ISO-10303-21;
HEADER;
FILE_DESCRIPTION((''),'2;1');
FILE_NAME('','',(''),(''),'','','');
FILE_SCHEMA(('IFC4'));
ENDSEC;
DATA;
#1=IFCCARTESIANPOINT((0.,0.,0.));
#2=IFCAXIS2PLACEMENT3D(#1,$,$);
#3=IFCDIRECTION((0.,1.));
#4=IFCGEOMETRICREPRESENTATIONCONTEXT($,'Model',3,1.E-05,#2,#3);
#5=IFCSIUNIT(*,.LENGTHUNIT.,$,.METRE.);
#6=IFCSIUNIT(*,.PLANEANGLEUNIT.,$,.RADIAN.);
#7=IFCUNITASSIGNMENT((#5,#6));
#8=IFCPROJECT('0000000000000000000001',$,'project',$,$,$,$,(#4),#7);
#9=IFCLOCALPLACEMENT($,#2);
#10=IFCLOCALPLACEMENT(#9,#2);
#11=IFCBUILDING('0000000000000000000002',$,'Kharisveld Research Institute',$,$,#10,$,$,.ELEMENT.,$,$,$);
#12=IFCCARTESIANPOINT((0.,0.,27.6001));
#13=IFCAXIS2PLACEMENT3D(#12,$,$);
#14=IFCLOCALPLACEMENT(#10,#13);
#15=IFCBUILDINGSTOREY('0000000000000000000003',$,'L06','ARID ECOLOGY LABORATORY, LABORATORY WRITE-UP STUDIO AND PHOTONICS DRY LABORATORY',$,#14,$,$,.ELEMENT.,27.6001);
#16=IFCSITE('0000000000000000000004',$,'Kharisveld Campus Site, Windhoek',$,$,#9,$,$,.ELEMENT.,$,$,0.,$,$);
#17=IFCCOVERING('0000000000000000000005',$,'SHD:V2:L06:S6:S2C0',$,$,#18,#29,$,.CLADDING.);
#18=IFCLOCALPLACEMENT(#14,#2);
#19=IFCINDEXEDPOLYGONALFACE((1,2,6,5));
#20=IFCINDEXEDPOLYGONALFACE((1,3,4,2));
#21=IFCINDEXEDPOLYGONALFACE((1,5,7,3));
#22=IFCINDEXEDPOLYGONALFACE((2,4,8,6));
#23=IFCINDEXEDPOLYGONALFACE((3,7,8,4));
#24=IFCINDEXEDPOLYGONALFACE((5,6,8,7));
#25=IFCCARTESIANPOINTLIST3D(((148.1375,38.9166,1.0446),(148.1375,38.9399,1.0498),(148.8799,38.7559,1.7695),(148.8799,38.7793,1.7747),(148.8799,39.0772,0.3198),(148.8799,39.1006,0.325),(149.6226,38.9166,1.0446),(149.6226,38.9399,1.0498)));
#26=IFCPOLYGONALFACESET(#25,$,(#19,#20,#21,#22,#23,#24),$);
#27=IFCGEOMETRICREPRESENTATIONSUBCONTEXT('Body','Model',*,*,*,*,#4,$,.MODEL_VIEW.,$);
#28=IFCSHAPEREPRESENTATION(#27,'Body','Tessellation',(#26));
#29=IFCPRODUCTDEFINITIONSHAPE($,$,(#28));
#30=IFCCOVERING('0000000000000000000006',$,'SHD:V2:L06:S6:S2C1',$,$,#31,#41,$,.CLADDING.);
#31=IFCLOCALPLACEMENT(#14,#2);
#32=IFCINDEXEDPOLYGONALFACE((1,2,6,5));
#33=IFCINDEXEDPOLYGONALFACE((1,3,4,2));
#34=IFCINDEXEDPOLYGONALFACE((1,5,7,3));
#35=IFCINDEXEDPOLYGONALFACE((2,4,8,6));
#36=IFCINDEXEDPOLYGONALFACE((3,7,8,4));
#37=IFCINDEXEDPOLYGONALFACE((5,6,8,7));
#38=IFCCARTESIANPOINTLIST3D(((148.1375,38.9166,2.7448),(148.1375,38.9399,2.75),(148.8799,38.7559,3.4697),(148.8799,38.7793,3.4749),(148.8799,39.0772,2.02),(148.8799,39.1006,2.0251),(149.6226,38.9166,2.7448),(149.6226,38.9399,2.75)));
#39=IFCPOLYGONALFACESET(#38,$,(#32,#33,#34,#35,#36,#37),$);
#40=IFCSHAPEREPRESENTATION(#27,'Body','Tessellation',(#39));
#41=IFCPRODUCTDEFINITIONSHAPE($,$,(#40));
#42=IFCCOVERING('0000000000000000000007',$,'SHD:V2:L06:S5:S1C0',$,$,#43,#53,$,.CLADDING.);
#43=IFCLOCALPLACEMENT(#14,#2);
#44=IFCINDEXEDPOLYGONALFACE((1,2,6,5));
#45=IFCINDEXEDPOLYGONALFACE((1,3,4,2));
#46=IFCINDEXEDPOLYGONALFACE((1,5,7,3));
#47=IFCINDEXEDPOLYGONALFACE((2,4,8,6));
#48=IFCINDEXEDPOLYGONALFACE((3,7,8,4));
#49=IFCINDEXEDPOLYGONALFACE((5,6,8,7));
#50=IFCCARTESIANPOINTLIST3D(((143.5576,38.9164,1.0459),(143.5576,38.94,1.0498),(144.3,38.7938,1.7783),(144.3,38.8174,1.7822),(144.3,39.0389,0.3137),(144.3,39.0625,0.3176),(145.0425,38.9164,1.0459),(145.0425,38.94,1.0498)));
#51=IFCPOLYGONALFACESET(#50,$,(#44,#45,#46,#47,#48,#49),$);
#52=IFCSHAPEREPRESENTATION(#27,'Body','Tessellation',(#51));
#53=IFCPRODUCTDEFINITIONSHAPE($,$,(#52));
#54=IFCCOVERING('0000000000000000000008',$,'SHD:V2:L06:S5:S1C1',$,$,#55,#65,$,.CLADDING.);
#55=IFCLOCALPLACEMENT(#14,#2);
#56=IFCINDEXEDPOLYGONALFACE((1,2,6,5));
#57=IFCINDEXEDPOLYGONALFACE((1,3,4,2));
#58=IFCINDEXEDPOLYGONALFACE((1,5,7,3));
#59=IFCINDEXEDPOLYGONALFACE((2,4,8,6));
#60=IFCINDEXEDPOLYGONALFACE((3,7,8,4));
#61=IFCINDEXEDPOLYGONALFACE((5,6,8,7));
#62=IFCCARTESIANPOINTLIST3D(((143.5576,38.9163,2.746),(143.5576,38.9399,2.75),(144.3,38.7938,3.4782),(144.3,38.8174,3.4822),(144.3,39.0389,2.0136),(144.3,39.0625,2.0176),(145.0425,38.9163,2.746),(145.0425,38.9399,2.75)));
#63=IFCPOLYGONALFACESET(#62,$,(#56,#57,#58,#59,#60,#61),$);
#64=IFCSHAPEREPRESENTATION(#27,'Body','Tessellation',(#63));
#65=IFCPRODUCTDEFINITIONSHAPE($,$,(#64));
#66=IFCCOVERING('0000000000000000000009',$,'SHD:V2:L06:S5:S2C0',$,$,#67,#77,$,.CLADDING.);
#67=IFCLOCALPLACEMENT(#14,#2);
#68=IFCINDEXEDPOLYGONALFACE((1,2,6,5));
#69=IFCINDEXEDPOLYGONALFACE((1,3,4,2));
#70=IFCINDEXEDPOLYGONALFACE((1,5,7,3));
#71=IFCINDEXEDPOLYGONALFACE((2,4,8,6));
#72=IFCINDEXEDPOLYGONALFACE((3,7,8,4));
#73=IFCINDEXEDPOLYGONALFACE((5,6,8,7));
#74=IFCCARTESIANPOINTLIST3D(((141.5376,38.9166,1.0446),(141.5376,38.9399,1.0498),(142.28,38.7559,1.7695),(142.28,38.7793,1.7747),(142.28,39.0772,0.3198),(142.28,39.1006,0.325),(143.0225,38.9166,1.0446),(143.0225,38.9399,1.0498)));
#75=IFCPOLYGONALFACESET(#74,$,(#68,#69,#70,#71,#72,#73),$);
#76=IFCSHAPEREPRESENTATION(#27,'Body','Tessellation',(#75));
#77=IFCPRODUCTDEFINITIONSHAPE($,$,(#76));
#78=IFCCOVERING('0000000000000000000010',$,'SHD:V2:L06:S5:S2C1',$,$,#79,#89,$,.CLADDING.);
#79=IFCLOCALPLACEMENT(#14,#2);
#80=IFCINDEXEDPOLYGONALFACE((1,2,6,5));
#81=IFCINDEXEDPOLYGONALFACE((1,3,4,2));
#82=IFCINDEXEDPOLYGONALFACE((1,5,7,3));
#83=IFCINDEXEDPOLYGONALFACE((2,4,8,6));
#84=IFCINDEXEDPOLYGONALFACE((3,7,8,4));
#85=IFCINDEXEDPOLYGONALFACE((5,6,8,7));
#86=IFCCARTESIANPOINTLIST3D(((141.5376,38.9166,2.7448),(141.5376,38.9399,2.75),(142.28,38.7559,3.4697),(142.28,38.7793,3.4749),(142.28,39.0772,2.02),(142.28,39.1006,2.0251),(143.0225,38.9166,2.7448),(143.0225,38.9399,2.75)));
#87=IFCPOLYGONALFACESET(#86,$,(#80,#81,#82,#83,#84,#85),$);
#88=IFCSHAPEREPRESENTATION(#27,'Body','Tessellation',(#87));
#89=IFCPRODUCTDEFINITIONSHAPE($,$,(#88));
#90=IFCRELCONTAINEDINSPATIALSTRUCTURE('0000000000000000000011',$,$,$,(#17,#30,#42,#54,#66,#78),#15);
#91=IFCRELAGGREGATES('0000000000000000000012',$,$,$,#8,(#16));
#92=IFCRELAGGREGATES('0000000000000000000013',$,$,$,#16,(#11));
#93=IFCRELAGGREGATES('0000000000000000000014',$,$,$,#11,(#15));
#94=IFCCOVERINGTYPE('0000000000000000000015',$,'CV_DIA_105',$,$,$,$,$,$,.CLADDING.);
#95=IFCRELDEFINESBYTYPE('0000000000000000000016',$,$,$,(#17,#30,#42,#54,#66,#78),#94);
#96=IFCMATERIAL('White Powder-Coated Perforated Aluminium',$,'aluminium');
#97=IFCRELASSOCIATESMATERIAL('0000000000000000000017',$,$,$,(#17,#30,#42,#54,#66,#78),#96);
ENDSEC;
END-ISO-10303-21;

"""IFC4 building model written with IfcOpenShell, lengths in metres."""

from ifc_helpers import new_model, si_unit, direction, frame, origin, place, context, subcontext, project, spatial, polyline, outline, extrude, material, type_object, element, save


model = new_model("IFC4")

# Units and contexts
model_context = context("Model", 3, precision=1e-05, world=origin(), true_north=direction((0.0, 1.0)))
body_context = subcontext(model_context, "Body", "Model", "MODEL_VIEW")
ifc_project = project(units=[si_unit("LENGTHUNIT", "METRE"), si_unit("PLANEANGLEUNIT", "RADIAN")], contexts=[model_context])

# Site, building, storey
site_placement = place(None, origin())
site = spatial("IfcSite", under=ifc_project, at=site_placement, Name="Kharisveld Campus Site, Windhoek", CompositionType="ELEMENT", RefElevation=0.0)
building_placement = place(site_placement, origin())
building = spatial("IfcBuilding", under=site, at=building_placement, Name="Kharisveld Research Institute", CompositionType="ELEMENT")
storey_placement = place(building_placement, frame((0.0, 0.0, 27.6001)))
storey = spatial("IfcBuildingStorey", under=building, at=storey_placement, Name="L06", Description="ARID ECOLOGY LABORATORY, LABORATORY WRITE-UP STUDIO AND PHOTONICS DRY LABORATORY", CompositionType="ELEMENT", Elevation=27.6001)

# Coverings
ifc_material_1 = material(Name="White Powder-Coated Perforated Aluminium", Category="aluminium")
covering_type = type_object("IfcCoveringType", Name="CV_DIA_105", PredefinedType="CLADDING")
for number, where, z_axis, x_axis, name in (
    (1, (148.8799, 39.1006, 0.325), (0.0, 0.976311, 0.216373), (-0.707102, -0.153, 0.69036), "SHD:V2:L06:S6:S2C0"),
    (2, (148.8799, 39.1006, 2.0251), (0.0, 0.976311, 0.216373), (-0.707102, -0.153, 0.69036), "SHD:V2:L06:S6:S2C1"),
):
    element("IfcCovering", number, at=place(storey_placement, frame(where, z_axis=z_axis, x_axis=x_axis)), inside=storey, type_object=covering_type, material=ifc_material_1, Name=name, PredefinedType="CLADDING", context=body_context, shape_type="SweptSolid", body=[
        extrude(outline(polyline([(0.0, 0.0), (1.05, 0.0), (1.05, 1.05), (-0.0002, 1.0501), (0.0, 0.0)])), origin(), (0.0, 0.0, -1.0), 0.0239),
    ])
covering_1_placement = place(storey_placement, frame((144.3, 39.0625, 0.3176), z_axis=(0.0, 0.986283, 0.165065), x_axis=(-0.707139, -0.116714, 0.697376)))
element("IfcCovering", 3, at=covering_1_placement, inside=storey, type_object=covering_type, material=ifc_material_1, Name="SHD:V2:L06:S5:S1C0", PredefinedType="CLADDING", context=body_context, shape_type="SweptSolid", body=[
    extrude(outline(polyline([(0.0, 0.0), (1.0499, 0.0), (1.05, 1.0501), (-0.0001, 1.0499), (0.0, 0.0)])), origin(), (0.0, 0.0, -1.0), 0.0239),
])
covering_2_placement = place(storey_placement, frame((144.3, 39.0625, 2.0176), z_axis=(0.0, 0.986283, 0.165065), x_axis=(-0.707024, -0.116733, 0.697489)))
element("IfcCovering", 4, at=covering_2_placement, inside=storey, type_object=covering_type, material=ifc_material_1, Name="SHD:V2:L06:S5:S1C1", PredefinedType="CLADDING", context=body_context, shape_type="SweptSolid", body=[
    extrude(outline(polyline([(0.0, 0.0), (1.0501, 0.0), (1.0502, 1.0499), (0.0002, 1.0501), (0.0, 0.0)])), origin(), (0.0, 0.0, -1.0), 0.0239),
])
for number, where, z_axis, x_axis, name in (
    (5, (142.28, 39.1006, 0.325), (0.0, 0.976311, 0.216373), (-0.707102, -0.153, 0.69036), "SHD:V2:L06:S5:S2C0"),
    (6, (142.28, 39.1006, 2.0251), (0.0, 0.976311, 0.216373), (-0.707102, -0.153, 0.69036), "SHD:V2:L06:S5:S2C1"),
):
    element("IfcCovering", number, at=place(storey_placement, frame(where, z_axis=z_axis, x_axis=x_axis)), inside=storey, type_object=covering_type, material=ifc_material_1, Name=name, PredefinedType="CLADDING", context=body_context, shape_type="SweptSolid", body=[
        extrude(outline(polyline([(0.0, 0.0), (1.05, 0.0), (1.05, 1.05), (0.0, 1.05), (0.0, 0.0)])), origin(), (0.0, 0.0, -1.0), 0.0239),
    ])

save(model, "model.ifc")
